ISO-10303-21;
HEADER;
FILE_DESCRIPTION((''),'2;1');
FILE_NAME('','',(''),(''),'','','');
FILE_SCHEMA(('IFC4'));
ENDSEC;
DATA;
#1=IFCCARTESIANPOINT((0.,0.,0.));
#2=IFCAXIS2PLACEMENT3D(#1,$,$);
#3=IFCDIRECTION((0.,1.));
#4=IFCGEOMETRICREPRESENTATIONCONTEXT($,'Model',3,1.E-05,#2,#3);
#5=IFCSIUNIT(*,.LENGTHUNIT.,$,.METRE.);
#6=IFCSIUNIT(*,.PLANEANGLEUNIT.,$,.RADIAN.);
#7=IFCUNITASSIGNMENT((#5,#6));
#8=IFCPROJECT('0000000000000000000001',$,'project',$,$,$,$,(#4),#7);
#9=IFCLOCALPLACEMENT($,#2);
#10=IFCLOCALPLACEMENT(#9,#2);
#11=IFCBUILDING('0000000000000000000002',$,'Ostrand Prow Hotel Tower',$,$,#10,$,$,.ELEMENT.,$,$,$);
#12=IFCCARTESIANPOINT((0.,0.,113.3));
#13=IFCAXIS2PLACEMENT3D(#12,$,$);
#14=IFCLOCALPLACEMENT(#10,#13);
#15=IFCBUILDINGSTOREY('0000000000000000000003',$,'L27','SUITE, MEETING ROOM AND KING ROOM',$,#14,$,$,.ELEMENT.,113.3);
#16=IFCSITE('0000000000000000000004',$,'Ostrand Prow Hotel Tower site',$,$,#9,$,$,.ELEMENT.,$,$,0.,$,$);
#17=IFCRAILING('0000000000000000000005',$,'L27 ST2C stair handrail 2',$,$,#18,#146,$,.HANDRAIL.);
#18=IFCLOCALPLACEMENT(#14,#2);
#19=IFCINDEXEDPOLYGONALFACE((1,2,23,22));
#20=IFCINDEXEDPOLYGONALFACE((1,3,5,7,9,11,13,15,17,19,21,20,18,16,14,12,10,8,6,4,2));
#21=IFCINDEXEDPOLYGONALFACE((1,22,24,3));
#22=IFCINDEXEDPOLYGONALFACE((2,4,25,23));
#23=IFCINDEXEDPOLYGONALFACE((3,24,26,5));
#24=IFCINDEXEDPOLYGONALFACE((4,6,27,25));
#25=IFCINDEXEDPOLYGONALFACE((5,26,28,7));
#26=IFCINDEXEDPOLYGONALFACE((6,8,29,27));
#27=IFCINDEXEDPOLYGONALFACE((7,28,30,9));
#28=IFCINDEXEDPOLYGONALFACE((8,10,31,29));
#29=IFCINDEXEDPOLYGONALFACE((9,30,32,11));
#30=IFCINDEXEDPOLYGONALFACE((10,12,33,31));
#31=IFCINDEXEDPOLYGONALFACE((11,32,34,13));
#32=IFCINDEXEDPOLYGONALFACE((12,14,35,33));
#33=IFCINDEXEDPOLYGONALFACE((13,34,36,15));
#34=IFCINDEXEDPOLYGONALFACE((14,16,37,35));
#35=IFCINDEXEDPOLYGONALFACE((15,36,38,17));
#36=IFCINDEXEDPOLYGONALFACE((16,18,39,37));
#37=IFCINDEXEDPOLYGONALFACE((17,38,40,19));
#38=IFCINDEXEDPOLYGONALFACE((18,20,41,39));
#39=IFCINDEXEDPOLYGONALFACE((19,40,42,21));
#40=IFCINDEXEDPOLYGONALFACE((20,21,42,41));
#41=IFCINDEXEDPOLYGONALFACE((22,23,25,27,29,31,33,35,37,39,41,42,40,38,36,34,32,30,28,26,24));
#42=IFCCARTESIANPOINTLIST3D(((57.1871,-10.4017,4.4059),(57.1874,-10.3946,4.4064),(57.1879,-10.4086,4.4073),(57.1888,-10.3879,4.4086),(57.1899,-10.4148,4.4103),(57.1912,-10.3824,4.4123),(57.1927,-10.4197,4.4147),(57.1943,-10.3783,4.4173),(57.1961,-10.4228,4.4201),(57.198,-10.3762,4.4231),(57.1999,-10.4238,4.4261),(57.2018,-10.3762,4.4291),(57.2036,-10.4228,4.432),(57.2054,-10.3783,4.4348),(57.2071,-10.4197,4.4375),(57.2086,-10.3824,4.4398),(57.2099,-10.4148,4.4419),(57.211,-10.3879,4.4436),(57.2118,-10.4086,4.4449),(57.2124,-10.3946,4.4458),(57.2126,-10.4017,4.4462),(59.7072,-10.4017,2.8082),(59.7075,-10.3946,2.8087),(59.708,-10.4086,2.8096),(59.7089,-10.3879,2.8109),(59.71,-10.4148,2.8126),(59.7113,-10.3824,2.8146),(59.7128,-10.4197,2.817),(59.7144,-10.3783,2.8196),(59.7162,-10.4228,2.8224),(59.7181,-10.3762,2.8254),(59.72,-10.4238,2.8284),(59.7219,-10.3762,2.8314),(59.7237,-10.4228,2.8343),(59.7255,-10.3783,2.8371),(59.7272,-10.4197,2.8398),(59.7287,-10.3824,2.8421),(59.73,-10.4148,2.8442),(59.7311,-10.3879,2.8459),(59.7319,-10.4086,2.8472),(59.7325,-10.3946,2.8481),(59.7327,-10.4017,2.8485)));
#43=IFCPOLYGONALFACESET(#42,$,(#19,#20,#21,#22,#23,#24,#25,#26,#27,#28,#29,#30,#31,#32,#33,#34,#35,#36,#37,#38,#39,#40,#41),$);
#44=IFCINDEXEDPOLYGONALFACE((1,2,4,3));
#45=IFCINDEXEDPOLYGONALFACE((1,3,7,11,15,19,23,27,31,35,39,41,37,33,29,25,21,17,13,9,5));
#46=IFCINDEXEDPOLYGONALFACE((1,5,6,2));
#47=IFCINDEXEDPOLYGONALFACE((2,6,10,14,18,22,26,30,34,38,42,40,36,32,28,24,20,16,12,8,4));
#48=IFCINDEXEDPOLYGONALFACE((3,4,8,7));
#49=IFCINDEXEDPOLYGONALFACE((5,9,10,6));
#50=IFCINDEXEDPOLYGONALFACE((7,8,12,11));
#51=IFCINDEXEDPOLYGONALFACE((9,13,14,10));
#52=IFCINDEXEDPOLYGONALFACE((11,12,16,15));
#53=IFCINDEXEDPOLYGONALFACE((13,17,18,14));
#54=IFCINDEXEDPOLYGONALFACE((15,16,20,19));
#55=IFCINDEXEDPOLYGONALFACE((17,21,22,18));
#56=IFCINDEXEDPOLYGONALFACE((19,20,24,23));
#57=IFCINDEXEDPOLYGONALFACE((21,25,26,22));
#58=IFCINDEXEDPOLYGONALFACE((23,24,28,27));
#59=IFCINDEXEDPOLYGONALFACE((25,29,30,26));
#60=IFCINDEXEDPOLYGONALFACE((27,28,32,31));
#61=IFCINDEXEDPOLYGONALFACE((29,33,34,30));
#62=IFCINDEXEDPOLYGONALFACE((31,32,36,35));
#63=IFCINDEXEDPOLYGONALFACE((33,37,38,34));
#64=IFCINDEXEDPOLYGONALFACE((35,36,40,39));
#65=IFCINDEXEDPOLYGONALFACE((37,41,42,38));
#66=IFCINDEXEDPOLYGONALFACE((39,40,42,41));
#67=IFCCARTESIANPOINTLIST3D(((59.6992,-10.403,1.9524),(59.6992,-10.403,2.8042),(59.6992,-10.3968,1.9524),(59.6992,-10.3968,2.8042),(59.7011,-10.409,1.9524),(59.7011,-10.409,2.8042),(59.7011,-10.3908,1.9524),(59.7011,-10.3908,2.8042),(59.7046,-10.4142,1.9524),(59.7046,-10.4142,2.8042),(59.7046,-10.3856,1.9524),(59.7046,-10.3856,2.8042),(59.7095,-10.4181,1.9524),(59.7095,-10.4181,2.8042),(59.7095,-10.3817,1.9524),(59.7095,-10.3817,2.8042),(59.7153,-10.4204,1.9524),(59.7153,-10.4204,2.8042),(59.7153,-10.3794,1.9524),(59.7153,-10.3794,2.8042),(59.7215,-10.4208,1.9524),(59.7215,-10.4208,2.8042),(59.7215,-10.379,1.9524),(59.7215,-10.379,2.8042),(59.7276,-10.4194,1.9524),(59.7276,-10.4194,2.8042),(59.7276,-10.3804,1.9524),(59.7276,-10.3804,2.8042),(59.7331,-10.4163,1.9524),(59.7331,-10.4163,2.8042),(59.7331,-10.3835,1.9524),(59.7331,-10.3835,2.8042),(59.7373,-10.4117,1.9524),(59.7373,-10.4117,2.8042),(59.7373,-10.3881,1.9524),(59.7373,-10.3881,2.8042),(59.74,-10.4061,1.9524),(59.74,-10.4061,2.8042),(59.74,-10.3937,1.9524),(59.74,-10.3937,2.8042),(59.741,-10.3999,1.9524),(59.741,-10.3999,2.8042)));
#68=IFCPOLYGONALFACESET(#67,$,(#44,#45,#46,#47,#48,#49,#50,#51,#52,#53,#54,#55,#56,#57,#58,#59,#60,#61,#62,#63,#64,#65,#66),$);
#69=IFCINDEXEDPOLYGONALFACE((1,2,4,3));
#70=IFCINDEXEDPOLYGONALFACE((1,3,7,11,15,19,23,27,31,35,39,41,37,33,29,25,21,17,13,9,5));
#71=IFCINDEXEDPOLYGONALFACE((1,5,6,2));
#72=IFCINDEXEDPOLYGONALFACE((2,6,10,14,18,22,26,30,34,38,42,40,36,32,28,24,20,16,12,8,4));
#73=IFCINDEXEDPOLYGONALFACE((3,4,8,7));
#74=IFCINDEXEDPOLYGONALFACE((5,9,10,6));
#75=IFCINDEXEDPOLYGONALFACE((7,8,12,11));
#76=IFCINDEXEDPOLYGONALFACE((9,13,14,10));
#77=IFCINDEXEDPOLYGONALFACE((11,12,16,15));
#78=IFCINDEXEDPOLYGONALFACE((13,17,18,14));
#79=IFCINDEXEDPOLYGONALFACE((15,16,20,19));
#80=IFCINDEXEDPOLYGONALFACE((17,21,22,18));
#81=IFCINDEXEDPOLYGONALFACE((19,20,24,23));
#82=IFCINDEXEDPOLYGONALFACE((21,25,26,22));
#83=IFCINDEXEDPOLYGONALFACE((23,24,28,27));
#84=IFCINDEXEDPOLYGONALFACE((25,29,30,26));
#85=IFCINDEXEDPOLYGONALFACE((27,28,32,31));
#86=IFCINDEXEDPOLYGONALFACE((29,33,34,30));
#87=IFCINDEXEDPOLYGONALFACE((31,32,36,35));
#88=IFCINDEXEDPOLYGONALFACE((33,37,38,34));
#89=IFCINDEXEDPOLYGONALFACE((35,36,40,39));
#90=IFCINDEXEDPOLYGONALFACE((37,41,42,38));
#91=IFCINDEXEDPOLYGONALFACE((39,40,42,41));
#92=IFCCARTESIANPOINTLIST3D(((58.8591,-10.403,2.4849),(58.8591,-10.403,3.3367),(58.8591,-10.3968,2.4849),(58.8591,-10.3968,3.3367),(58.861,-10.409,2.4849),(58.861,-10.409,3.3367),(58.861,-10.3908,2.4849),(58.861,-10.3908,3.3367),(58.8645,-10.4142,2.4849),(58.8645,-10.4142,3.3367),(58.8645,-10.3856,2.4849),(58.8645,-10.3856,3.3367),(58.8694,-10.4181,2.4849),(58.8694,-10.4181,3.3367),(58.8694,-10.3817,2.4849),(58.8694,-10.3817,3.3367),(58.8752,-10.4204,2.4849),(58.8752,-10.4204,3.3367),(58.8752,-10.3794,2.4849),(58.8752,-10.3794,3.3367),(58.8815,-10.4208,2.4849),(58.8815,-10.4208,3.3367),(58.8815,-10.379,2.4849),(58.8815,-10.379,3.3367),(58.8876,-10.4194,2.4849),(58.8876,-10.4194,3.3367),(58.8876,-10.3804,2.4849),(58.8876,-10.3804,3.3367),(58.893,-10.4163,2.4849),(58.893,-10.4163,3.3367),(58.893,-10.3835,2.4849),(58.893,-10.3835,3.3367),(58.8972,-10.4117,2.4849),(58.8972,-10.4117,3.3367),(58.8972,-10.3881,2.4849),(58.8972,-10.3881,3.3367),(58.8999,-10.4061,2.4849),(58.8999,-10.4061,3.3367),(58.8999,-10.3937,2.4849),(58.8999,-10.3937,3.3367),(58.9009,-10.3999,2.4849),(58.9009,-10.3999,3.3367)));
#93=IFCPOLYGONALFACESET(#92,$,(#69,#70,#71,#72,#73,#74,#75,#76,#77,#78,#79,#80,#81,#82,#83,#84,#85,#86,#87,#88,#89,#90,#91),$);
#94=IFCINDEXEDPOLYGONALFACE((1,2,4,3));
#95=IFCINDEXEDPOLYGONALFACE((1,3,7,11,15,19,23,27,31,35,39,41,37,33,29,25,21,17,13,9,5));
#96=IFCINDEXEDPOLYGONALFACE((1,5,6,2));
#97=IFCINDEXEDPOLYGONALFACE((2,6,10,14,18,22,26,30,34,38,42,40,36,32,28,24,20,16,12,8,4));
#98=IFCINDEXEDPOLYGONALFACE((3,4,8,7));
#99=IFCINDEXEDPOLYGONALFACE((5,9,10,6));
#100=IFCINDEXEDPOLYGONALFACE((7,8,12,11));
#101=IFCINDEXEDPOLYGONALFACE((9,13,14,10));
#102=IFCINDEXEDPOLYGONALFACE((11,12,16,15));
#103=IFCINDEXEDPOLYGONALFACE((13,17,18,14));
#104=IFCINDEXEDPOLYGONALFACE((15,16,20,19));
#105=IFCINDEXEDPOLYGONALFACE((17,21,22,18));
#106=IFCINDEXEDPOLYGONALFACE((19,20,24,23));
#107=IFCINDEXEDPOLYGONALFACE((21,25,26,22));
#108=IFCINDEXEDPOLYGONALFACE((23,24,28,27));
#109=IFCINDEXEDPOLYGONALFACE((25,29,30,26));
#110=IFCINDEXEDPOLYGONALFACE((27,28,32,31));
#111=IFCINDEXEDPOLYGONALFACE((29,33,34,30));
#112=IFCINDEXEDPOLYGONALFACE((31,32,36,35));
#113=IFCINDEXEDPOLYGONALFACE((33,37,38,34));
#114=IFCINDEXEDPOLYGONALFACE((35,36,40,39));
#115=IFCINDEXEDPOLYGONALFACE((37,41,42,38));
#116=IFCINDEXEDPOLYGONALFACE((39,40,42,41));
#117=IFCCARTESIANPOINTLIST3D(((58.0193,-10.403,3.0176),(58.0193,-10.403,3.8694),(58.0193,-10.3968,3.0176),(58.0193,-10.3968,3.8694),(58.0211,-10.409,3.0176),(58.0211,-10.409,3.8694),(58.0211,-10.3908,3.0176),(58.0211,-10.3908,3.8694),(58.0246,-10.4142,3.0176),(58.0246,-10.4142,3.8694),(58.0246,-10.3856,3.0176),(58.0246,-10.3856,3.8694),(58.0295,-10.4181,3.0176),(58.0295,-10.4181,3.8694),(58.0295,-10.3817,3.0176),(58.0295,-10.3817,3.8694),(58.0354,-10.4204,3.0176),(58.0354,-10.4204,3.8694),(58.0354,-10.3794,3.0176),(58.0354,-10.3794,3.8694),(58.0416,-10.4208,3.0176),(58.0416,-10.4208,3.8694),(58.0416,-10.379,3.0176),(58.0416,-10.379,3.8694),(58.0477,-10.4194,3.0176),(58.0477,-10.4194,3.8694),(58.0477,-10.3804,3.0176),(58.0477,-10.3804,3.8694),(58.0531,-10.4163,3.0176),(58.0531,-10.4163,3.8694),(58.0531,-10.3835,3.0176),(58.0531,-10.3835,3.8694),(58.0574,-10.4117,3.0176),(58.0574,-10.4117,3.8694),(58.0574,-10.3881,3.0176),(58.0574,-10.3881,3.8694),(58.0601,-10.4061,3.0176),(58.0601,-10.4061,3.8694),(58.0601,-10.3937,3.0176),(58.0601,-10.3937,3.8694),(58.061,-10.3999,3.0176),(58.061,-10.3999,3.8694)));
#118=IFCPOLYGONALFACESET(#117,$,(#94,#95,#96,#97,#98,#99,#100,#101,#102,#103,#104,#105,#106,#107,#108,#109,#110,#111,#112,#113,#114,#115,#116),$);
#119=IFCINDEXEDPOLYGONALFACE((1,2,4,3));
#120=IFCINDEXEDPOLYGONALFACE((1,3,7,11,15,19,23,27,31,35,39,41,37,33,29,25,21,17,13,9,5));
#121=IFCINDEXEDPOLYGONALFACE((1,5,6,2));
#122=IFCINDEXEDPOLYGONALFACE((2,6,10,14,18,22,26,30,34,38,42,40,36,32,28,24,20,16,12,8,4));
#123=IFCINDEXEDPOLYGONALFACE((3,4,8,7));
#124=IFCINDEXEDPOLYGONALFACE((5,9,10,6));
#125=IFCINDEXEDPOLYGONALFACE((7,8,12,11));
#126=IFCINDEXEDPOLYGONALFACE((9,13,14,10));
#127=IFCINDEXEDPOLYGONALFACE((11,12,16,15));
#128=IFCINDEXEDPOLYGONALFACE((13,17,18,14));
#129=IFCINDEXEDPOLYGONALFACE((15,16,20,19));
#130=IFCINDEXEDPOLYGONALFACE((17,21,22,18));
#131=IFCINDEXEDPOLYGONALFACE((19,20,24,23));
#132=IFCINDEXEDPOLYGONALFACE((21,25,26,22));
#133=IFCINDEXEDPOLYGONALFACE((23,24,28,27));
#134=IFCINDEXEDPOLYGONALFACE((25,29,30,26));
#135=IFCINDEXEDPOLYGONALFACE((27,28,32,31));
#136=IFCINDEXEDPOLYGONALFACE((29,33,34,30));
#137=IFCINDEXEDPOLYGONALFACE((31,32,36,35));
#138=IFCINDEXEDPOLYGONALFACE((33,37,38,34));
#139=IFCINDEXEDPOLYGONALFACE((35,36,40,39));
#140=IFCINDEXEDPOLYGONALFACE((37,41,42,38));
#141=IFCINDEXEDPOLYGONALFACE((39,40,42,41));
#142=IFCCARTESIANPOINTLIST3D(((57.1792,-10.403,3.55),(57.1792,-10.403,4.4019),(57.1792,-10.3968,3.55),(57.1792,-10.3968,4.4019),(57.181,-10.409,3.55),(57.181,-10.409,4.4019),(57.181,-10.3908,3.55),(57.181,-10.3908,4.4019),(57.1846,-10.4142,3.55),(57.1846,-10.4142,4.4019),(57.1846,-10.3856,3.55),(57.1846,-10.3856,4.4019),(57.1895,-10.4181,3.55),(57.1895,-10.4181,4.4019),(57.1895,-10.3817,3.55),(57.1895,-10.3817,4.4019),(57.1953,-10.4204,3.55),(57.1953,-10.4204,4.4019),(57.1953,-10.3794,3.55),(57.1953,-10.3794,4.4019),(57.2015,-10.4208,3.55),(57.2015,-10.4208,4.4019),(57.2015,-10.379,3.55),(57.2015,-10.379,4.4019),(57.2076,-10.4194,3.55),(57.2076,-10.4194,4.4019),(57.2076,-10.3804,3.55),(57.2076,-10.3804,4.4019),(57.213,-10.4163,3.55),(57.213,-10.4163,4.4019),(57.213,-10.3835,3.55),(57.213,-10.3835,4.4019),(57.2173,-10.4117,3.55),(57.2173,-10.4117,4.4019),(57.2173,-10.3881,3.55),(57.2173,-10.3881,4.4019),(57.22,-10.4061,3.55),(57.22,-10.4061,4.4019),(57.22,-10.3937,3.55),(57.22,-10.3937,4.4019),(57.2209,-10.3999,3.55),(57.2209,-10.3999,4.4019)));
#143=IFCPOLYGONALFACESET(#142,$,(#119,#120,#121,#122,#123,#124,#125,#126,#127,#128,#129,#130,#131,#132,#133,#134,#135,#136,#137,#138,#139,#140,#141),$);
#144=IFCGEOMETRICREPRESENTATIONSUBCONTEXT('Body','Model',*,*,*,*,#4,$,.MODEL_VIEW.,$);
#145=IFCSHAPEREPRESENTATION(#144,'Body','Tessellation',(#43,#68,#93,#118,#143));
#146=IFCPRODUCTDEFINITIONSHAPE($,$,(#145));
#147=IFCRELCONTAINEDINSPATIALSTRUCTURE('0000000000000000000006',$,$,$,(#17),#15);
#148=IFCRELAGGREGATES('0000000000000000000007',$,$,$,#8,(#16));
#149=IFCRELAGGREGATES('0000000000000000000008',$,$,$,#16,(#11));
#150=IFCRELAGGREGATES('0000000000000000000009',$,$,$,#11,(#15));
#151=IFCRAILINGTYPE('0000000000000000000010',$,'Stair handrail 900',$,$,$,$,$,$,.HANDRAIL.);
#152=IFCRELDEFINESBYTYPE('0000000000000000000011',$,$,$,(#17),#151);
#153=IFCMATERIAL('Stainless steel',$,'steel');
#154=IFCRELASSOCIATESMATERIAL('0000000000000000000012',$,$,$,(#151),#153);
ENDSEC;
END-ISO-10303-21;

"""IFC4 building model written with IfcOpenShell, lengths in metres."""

from ifc_helpers import new_model, si_unit, direction, frame, origin, origin_2d, place, context, subcontext, project, spatial, circle, extrude, material, type_object, element, save


model = new_model("IFC4")

# Units and contexts
model_context = context("Model", 3, precision=1e-05, world=origin(), true_north=direction((0.0, 1.0)))
body_context = subcontext(model_context, "Body", "Model", "MODEL_VIEW")
ifc_project = project(units=[si_unit("LENGTHUNIT", "METRE"), si_unit("PLANEANGLEUNIT", "RADIAN")], contexts=[model_context])

# Site, building, storey
site_placement = place(None, origin())
site = spatial("IfcSite", under=ifc_project, at=site_placement, Name="Ostrand Prow Hotel Tower site", CompositionType="ELEMENT", RefElevation=0.0)
building_placement = place(site_placement, origin())
building = spatial("IfcBuilding", under=site, at=building_placement, Name="Ostrand Prow Hotel Tower", CompositionType="ELEMENT")
storey_placement = place(building_placement, frame((0.0, 0.0, 113.3)))
storey = spatial("IfcBuildingStorey", under=building, at=storey_placement, Name="L27", Description="SUITE, MEETING ROOM AND KING ROOM", CompositionType="ELEMENT", Elevation=113.3)

# Railing
ifc_material_1 = material(Name="Stainless steel", Category="steel")
railing_type_1 = type_object("IfcRailingType", Name="Stair handrail 900", PredefinedType="HANDRAIL", material=ifc_material_1)
railing_1_placement = place(storey_placement, frame((59.72, -10.3999, 1.9524)))
element("IfcRailing", 1, at=railing_1_placement, inside=storey, type_object=railing_type_1, Name="L27 ST2C stair handrail 2", PredefinedType="HANDRAIL", context=body_context, shape_type="SweptSolid", body=[
    extrude(circle(Radius=0.0239, at=origin_2d()), frame((0.0, 0.0, 0.876), z_axis=(-0.84457, 0.0, 0.535445), x_axis=(0.0, -1.0, 0.0)), (0.0, 0.0, 1.0), 2.9839),
    extrude(circle(Radius=0.021, at=origin_2d()), origin(), (0.0, 0.0, 1.0), 0.8518),
    extrude(circle(Radius=0.021, at=origin_2d()), frame((-0.8401, 0.0, 0.5325)), (0.0, 0.0, 1.0), 0.8518),
    extrude(circle(Radius=0.021, at=origin_2d()), frame((-1.6799, 0.0, 1.0652)), (0.0, 0.0, 1.0), 0.8518),
    extrude(circle(Radius=0.021, at=origin_2d()), frame((-2.52, 0.0, 1.5977)), (0.0, 0.0, 1.0), 0.8518),
])

save(model, "model.ifc")
